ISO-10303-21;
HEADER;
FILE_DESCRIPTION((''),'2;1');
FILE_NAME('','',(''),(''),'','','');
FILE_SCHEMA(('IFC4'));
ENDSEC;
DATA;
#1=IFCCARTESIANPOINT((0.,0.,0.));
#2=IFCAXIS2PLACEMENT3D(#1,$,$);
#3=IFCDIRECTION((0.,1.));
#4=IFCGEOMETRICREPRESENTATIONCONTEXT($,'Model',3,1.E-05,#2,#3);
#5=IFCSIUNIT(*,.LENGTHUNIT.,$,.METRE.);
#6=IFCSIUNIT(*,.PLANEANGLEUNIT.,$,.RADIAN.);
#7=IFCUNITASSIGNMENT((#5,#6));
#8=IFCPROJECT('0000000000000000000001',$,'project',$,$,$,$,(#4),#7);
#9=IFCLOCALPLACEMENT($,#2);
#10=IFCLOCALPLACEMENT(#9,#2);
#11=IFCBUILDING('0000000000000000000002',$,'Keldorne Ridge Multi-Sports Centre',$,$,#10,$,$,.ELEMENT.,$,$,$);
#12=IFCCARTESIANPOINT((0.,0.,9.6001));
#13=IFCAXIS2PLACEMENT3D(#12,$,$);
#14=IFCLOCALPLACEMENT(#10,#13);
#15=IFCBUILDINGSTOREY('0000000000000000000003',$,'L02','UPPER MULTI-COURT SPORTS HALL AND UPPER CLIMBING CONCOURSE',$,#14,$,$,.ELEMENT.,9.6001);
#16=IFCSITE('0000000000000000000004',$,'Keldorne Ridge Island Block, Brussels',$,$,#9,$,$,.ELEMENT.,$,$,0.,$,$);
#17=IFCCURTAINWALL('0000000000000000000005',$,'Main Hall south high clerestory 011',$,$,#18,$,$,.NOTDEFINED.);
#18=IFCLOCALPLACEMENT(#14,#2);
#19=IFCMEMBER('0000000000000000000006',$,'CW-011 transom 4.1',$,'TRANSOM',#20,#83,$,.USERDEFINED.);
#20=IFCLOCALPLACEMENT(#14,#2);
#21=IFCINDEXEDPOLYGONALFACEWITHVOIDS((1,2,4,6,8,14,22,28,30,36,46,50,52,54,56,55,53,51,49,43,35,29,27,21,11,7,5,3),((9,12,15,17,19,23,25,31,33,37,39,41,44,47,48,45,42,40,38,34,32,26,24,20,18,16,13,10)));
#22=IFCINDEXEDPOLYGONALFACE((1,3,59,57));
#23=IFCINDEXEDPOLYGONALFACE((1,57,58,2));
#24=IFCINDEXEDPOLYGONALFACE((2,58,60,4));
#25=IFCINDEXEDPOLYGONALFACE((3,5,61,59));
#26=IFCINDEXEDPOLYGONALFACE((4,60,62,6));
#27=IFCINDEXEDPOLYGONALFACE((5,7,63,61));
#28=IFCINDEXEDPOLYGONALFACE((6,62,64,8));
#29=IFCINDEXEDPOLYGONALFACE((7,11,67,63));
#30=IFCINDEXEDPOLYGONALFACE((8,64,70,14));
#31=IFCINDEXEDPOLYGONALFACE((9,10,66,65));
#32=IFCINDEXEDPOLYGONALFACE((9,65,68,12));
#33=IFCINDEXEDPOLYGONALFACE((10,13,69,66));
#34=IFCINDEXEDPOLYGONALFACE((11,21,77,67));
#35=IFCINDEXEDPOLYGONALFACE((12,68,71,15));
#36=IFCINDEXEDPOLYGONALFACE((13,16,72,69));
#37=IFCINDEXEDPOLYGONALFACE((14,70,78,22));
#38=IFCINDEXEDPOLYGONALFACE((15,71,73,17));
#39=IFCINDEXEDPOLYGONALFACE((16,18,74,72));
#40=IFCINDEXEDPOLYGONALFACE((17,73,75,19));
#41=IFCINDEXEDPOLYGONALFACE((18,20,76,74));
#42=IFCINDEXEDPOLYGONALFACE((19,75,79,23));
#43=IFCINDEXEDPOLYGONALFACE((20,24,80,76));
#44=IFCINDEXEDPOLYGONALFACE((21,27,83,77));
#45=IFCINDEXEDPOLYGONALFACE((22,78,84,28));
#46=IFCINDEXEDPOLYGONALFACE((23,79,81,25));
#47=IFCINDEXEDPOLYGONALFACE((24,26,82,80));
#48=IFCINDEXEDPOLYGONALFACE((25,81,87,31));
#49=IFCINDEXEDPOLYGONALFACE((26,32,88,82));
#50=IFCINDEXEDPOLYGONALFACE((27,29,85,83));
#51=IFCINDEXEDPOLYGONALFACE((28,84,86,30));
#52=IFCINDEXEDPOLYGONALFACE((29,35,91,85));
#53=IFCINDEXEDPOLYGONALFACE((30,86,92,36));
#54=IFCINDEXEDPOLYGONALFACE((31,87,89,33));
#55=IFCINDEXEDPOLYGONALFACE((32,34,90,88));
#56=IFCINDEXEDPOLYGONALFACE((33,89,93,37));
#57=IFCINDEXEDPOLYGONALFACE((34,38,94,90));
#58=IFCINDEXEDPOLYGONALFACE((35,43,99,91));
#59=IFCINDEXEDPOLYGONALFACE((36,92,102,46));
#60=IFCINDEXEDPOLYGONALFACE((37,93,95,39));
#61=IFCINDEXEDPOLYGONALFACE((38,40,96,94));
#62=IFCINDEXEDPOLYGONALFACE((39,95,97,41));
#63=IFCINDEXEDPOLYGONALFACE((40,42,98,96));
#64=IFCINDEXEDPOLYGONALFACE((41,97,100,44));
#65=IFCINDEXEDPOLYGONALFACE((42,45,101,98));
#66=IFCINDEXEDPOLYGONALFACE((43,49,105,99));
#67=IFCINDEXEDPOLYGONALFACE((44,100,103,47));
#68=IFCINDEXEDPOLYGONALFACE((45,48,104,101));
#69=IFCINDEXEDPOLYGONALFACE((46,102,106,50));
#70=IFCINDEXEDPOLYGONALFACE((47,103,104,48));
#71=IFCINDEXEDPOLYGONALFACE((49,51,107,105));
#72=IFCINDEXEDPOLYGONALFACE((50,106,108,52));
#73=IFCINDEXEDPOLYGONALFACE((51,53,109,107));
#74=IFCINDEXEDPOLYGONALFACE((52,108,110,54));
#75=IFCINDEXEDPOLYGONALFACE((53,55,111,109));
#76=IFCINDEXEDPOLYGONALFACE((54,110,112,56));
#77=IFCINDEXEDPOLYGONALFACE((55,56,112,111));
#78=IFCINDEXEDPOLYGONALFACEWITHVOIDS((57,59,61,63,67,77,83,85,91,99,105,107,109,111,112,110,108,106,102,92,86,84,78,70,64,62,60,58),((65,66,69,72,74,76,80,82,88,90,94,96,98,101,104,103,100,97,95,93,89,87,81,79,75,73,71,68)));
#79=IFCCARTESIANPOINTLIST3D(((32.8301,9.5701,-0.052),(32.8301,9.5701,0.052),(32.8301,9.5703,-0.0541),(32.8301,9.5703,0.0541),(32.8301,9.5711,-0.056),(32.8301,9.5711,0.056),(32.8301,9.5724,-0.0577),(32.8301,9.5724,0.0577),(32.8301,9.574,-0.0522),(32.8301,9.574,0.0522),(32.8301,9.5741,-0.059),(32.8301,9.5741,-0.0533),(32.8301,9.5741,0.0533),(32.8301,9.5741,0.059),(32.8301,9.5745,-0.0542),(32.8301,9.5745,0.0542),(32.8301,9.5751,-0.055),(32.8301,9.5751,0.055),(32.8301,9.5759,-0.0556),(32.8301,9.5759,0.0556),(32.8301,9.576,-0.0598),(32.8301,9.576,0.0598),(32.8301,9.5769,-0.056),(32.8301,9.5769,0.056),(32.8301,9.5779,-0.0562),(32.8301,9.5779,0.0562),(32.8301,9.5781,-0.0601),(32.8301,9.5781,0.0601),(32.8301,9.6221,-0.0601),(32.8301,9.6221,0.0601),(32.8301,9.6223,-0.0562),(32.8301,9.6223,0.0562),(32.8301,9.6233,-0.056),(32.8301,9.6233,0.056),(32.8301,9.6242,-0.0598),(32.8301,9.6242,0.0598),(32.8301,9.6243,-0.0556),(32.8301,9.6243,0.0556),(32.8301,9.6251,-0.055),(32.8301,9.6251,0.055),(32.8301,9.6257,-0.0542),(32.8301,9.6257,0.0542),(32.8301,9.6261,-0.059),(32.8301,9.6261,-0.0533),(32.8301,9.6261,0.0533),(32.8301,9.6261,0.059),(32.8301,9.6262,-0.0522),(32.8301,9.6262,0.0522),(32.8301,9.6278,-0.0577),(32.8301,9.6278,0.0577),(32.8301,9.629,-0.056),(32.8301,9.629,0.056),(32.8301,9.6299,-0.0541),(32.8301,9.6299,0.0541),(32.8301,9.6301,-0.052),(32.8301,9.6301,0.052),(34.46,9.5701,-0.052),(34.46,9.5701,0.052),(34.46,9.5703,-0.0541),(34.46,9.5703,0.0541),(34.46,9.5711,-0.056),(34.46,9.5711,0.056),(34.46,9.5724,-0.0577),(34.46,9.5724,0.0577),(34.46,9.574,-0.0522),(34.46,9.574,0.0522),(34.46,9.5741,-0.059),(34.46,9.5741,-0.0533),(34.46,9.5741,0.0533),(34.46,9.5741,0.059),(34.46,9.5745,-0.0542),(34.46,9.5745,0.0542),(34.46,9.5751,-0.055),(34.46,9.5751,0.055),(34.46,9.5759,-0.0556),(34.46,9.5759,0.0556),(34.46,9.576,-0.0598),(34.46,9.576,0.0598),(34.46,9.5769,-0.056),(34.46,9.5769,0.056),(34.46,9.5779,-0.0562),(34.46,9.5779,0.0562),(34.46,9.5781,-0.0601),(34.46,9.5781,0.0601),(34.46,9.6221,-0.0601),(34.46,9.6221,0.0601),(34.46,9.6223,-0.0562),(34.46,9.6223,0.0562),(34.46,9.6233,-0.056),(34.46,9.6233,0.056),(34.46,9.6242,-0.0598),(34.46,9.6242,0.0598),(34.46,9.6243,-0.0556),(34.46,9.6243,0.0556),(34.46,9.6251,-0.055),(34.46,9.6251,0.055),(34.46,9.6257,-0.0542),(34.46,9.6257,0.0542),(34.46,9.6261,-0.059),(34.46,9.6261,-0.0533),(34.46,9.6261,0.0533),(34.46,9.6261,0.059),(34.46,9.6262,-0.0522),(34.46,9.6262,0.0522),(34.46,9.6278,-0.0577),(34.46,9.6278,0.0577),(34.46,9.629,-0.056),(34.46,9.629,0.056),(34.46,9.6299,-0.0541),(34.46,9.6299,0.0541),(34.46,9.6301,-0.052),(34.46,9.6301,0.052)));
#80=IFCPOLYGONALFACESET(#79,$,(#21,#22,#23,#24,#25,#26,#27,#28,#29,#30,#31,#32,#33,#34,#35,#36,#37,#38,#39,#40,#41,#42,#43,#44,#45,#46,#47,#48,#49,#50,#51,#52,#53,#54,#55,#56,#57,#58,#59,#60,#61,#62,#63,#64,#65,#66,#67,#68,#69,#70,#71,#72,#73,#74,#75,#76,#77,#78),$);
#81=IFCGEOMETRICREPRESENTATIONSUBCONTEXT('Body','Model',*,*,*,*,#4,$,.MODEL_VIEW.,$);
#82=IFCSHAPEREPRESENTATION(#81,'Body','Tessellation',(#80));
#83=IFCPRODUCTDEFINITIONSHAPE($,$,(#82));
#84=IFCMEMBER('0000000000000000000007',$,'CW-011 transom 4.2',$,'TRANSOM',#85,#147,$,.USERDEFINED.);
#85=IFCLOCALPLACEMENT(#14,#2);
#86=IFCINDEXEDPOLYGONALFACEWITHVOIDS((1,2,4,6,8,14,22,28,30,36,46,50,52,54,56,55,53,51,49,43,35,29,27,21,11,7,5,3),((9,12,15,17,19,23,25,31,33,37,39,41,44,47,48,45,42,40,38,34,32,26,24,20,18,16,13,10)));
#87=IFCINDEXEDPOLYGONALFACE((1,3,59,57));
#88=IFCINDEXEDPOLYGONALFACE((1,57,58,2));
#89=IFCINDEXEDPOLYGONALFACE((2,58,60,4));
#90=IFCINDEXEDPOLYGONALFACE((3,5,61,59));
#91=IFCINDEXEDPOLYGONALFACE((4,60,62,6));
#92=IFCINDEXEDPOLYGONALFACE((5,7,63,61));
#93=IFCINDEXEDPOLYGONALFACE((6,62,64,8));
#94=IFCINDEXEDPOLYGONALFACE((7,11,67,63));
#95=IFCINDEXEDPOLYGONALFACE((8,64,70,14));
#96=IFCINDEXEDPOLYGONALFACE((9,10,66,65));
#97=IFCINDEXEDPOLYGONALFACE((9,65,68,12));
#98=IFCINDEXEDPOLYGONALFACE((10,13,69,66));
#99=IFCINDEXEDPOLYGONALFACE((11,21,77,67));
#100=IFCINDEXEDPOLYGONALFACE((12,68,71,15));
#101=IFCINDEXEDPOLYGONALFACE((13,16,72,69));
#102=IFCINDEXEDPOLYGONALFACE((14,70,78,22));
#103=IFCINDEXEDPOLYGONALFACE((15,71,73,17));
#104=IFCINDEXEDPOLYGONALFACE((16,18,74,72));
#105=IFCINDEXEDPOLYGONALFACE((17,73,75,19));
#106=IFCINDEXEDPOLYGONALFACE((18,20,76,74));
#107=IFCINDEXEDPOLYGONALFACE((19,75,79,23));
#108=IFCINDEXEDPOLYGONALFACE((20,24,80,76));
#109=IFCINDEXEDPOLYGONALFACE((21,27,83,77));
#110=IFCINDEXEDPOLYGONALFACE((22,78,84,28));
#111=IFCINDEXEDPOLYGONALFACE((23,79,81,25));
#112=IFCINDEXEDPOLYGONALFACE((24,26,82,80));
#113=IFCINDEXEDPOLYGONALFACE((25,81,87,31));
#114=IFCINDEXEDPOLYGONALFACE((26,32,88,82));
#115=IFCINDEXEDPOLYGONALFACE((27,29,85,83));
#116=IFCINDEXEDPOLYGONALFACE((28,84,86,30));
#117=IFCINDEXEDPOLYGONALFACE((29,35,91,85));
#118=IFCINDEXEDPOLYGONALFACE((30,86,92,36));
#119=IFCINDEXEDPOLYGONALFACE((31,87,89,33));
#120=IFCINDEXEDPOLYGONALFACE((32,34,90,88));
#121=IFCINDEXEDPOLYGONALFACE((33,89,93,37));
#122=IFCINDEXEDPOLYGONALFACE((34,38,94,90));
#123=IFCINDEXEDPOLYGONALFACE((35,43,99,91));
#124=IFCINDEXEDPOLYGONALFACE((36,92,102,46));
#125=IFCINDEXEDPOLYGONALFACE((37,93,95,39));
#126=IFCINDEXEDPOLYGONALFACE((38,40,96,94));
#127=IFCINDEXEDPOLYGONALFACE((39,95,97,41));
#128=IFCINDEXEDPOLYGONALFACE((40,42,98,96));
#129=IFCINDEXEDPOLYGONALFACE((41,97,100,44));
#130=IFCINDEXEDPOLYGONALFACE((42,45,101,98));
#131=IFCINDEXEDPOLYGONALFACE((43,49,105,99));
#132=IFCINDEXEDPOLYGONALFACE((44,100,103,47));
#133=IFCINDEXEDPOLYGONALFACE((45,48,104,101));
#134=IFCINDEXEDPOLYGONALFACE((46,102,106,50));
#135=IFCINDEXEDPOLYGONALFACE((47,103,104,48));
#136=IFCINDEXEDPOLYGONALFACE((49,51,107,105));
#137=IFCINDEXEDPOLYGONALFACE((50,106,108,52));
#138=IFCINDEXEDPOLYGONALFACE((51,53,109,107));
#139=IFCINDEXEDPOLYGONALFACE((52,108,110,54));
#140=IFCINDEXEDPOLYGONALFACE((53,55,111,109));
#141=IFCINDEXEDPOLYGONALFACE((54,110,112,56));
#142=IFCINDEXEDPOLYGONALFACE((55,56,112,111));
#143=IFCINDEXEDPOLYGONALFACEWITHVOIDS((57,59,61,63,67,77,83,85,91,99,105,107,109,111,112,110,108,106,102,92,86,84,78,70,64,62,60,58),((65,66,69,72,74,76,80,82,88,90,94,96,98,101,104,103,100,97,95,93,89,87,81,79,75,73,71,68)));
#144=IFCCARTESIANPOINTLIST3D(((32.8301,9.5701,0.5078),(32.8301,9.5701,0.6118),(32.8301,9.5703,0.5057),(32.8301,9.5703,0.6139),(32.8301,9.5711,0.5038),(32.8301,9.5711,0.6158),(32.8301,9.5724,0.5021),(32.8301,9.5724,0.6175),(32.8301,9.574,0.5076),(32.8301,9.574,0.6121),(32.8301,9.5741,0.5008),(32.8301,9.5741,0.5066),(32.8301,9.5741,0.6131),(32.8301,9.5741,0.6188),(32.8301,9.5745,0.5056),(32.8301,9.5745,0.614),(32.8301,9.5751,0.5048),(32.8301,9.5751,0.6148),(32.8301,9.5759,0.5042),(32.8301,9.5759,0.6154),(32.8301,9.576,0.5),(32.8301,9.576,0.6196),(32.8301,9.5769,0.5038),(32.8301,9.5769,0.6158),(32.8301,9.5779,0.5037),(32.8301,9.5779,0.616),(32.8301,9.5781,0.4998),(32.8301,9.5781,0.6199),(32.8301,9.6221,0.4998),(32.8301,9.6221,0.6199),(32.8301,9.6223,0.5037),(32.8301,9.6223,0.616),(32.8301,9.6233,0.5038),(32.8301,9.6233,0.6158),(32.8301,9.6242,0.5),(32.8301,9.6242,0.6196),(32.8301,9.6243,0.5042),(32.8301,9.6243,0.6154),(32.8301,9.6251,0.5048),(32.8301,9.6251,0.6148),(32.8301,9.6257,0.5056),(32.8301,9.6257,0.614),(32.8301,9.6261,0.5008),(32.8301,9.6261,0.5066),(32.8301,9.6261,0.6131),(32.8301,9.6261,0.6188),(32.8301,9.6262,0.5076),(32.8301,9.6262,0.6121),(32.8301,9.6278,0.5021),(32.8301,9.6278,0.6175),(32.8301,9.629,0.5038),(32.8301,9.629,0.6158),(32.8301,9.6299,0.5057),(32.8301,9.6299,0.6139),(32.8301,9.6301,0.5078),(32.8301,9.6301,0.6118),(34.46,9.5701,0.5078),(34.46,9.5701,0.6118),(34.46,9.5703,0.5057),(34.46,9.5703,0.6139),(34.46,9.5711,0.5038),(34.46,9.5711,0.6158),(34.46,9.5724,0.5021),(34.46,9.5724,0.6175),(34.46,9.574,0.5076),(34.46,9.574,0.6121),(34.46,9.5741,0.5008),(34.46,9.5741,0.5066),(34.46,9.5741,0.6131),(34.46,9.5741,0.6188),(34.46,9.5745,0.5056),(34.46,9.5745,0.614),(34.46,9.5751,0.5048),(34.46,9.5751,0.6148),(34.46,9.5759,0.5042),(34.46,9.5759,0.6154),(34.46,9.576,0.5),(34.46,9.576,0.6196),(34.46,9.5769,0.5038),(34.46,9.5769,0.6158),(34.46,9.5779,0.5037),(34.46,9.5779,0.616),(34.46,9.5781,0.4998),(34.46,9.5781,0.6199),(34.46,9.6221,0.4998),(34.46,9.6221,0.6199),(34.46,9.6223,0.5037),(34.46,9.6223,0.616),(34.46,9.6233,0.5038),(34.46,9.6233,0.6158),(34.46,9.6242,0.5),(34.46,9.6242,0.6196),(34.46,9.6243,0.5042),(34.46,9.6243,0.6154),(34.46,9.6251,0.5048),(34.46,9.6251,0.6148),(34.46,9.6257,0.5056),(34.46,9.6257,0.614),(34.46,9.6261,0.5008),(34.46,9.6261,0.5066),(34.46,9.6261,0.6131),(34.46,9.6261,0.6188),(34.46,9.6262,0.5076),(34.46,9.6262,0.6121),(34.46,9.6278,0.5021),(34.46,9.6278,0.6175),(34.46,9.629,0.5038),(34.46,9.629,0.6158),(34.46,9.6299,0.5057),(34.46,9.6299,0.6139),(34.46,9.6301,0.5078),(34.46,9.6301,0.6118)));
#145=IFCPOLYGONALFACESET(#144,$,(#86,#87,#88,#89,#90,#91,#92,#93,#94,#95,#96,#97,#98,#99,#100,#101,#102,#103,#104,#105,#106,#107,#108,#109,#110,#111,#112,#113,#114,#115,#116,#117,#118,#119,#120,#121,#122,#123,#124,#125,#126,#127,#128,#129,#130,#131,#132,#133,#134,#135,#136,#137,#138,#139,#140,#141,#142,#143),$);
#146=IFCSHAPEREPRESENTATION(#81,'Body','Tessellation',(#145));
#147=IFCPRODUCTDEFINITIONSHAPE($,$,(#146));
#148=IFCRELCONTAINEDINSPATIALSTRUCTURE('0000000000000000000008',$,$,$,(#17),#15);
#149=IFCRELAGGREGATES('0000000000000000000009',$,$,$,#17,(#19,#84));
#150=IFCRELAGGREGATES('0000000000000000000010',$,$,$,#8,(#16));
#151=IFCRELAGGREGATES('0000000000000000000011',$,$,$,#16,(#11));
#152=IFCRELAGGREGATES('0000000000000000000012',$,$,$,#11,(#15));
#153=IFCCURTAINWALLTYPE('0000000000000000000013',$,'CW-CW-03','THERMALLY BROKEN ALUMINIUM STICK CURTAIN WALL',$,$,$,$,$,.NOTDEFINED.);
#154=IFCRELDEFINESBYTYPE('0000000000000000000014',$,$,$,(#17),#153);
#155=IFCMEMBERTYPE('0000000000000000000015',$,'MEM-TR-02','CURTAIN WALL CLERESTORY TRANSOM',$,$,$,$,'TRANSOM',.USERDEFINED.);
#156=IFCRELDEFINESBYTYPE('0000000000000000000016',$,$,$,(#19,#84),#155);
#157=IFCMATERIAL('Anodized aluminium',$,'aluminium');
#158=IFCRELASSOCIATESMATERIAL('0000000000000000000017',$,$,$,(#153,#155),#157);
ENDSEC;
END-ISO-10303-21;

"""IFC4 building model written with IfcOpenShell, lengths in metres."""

from ifc_helpers import new_model, si_unit, direction, frame, origin, origin_2d, place, context, subcontext, project, spatial, hollow_rectangle, extrude, material, material_profile, profile_set, type_object, element, aggregate, save


model = new_model("IFC4")

# Units and contexts
model_context = context("Model", 3, precision=1e-05, world=origin(), true_north=direction((0.0, 1.0)))
body_context = subcontext(model_context, "Body", "Model", "MODEL_VIEW")
ifc_project = project(units=[si_unit("LENGTHUNIT", "METRE"), si_unit("PLANEANGLEUNIT", "RADIAN")], contexts=[model_context])

# Site, building, storey
site_placement = place(None, origin())
site = spatial("IfcSite", under=ifc_project, at=site_placement, Name="Keldorne Ridge Island Block, Brussels", CompositionType="ELEMENT", RefElevation=0.0)
building_placement = place(site_placement, origin())
building = spatial("IfcBuilding", under=site, at=building_placement, Name="Keldorne Ridge Multi-Sports Centre", CompositionType="ELEMENT")
storey_placement = place(building_placement, frame((0.0, 0.0, 9.6001)))
storey = spatial("IfcBuildingStorey", under=building, at=storey_placement, Name="L02", Description="UPPER MULTI-COURT SPORTS HALL AND UPPER CLIMBING CONCOURSE", CompositionType="ELEMENT", Elevation=9.6001)

# Curtain wall
ifc_material_1 = material(Name="Anodized aluminium", Category="aluminium")
curtain_wall_type = type_object("IfcCurtainWallType", Name="CW-CW-03", Description="THERMALLY BROKEN ALUMINIUM STICK CURTAIN WALL", PredefinedType="NOTDEFINED", material=ifc_material_1)
curtain_wall_placement = place(storey_placement, origin())
curtain_wall = element("IfcCurtainWall", 1, at=curtain_wall_placement, inside=storey, type_object=curtain_wall_type, Name="Main Hall south high clerestory 011", PredefinedType="NOTDEFINED")

# Members
ifc_material_profile_1 = material_profile(ifc_material_1, hollow_rectangle(XDim=0.0601, YDim=0.1201, WallThickness=0.0039, InnerFilletRadius=0.0039, OuterFilletRadius=0.0081, at=origin_2d()), Name="ALU TRANSOM 120x60x4")
ifc_profile_set_1 = profile_set([ifc_material_profile_1], Name="Anodized aluminium")
member_type_1 = type_object("IfcMemberType", Name="MEM-TR-02", Description="CURTAIN WALL CLERESTORY TRANSOM", ElementType="TRANSOM", PredefinedType="USERDEFINED", material=ifc_profile_set_1)
member_1_placement = place(storey_placement, frame((32.8301, 9.6001, 0.0), z_axis=(1.0, 0.0, 0.0), x_axis=(0.0, 1.0, 0.0)))
member_1 = element("IfcMember", 2, at=member_1_placement, type_object=member_type_1, Name="CW-011 transom 4.1", ObjectType="TRANSOM", PredefinedType="USERDEFINED", context=body_context, shape_type="SweptSolid", body=[
    extrude(hollow_rectangle(XDim=0.0601, YDim=0.1201, WallThickness=0.0039, InnerFilletRadius=0.0039, OuterFilletRadius=0.0081, at=origin_2d()), origin(), (0.0, 0.0, 1.0), 1.6299),
])
member_2_placement = place(storey_placement, frame((32.8301, 9.6001, 0.5598), z_axis=(1.0, 0.0, 0.0), x_axis=(0.0, 1.0, 0.0)))
member_2 = element("IfcMember", 3, at=member_2_placement, type_object=member_type_1, Name="CW-011 transom 4.2", ObjectType="TRANSOM", PredefinedType="USERDEFINED", context=body_context, shape_type="SweptSolid", body=[
    extrude(hollow_rectangle(XDim=0.0601, YDim=0.1201, WallThickness=0.0039, InnerFilletRadius=0.0039, OuterFilletRadius=0.0081, at=origin_2d()), origin(), (0.0, 0.0, 1.0), 1.6299),
])

aggregate(curtain_wall, [member_1, member_2])

save(model, "model.ifc")
